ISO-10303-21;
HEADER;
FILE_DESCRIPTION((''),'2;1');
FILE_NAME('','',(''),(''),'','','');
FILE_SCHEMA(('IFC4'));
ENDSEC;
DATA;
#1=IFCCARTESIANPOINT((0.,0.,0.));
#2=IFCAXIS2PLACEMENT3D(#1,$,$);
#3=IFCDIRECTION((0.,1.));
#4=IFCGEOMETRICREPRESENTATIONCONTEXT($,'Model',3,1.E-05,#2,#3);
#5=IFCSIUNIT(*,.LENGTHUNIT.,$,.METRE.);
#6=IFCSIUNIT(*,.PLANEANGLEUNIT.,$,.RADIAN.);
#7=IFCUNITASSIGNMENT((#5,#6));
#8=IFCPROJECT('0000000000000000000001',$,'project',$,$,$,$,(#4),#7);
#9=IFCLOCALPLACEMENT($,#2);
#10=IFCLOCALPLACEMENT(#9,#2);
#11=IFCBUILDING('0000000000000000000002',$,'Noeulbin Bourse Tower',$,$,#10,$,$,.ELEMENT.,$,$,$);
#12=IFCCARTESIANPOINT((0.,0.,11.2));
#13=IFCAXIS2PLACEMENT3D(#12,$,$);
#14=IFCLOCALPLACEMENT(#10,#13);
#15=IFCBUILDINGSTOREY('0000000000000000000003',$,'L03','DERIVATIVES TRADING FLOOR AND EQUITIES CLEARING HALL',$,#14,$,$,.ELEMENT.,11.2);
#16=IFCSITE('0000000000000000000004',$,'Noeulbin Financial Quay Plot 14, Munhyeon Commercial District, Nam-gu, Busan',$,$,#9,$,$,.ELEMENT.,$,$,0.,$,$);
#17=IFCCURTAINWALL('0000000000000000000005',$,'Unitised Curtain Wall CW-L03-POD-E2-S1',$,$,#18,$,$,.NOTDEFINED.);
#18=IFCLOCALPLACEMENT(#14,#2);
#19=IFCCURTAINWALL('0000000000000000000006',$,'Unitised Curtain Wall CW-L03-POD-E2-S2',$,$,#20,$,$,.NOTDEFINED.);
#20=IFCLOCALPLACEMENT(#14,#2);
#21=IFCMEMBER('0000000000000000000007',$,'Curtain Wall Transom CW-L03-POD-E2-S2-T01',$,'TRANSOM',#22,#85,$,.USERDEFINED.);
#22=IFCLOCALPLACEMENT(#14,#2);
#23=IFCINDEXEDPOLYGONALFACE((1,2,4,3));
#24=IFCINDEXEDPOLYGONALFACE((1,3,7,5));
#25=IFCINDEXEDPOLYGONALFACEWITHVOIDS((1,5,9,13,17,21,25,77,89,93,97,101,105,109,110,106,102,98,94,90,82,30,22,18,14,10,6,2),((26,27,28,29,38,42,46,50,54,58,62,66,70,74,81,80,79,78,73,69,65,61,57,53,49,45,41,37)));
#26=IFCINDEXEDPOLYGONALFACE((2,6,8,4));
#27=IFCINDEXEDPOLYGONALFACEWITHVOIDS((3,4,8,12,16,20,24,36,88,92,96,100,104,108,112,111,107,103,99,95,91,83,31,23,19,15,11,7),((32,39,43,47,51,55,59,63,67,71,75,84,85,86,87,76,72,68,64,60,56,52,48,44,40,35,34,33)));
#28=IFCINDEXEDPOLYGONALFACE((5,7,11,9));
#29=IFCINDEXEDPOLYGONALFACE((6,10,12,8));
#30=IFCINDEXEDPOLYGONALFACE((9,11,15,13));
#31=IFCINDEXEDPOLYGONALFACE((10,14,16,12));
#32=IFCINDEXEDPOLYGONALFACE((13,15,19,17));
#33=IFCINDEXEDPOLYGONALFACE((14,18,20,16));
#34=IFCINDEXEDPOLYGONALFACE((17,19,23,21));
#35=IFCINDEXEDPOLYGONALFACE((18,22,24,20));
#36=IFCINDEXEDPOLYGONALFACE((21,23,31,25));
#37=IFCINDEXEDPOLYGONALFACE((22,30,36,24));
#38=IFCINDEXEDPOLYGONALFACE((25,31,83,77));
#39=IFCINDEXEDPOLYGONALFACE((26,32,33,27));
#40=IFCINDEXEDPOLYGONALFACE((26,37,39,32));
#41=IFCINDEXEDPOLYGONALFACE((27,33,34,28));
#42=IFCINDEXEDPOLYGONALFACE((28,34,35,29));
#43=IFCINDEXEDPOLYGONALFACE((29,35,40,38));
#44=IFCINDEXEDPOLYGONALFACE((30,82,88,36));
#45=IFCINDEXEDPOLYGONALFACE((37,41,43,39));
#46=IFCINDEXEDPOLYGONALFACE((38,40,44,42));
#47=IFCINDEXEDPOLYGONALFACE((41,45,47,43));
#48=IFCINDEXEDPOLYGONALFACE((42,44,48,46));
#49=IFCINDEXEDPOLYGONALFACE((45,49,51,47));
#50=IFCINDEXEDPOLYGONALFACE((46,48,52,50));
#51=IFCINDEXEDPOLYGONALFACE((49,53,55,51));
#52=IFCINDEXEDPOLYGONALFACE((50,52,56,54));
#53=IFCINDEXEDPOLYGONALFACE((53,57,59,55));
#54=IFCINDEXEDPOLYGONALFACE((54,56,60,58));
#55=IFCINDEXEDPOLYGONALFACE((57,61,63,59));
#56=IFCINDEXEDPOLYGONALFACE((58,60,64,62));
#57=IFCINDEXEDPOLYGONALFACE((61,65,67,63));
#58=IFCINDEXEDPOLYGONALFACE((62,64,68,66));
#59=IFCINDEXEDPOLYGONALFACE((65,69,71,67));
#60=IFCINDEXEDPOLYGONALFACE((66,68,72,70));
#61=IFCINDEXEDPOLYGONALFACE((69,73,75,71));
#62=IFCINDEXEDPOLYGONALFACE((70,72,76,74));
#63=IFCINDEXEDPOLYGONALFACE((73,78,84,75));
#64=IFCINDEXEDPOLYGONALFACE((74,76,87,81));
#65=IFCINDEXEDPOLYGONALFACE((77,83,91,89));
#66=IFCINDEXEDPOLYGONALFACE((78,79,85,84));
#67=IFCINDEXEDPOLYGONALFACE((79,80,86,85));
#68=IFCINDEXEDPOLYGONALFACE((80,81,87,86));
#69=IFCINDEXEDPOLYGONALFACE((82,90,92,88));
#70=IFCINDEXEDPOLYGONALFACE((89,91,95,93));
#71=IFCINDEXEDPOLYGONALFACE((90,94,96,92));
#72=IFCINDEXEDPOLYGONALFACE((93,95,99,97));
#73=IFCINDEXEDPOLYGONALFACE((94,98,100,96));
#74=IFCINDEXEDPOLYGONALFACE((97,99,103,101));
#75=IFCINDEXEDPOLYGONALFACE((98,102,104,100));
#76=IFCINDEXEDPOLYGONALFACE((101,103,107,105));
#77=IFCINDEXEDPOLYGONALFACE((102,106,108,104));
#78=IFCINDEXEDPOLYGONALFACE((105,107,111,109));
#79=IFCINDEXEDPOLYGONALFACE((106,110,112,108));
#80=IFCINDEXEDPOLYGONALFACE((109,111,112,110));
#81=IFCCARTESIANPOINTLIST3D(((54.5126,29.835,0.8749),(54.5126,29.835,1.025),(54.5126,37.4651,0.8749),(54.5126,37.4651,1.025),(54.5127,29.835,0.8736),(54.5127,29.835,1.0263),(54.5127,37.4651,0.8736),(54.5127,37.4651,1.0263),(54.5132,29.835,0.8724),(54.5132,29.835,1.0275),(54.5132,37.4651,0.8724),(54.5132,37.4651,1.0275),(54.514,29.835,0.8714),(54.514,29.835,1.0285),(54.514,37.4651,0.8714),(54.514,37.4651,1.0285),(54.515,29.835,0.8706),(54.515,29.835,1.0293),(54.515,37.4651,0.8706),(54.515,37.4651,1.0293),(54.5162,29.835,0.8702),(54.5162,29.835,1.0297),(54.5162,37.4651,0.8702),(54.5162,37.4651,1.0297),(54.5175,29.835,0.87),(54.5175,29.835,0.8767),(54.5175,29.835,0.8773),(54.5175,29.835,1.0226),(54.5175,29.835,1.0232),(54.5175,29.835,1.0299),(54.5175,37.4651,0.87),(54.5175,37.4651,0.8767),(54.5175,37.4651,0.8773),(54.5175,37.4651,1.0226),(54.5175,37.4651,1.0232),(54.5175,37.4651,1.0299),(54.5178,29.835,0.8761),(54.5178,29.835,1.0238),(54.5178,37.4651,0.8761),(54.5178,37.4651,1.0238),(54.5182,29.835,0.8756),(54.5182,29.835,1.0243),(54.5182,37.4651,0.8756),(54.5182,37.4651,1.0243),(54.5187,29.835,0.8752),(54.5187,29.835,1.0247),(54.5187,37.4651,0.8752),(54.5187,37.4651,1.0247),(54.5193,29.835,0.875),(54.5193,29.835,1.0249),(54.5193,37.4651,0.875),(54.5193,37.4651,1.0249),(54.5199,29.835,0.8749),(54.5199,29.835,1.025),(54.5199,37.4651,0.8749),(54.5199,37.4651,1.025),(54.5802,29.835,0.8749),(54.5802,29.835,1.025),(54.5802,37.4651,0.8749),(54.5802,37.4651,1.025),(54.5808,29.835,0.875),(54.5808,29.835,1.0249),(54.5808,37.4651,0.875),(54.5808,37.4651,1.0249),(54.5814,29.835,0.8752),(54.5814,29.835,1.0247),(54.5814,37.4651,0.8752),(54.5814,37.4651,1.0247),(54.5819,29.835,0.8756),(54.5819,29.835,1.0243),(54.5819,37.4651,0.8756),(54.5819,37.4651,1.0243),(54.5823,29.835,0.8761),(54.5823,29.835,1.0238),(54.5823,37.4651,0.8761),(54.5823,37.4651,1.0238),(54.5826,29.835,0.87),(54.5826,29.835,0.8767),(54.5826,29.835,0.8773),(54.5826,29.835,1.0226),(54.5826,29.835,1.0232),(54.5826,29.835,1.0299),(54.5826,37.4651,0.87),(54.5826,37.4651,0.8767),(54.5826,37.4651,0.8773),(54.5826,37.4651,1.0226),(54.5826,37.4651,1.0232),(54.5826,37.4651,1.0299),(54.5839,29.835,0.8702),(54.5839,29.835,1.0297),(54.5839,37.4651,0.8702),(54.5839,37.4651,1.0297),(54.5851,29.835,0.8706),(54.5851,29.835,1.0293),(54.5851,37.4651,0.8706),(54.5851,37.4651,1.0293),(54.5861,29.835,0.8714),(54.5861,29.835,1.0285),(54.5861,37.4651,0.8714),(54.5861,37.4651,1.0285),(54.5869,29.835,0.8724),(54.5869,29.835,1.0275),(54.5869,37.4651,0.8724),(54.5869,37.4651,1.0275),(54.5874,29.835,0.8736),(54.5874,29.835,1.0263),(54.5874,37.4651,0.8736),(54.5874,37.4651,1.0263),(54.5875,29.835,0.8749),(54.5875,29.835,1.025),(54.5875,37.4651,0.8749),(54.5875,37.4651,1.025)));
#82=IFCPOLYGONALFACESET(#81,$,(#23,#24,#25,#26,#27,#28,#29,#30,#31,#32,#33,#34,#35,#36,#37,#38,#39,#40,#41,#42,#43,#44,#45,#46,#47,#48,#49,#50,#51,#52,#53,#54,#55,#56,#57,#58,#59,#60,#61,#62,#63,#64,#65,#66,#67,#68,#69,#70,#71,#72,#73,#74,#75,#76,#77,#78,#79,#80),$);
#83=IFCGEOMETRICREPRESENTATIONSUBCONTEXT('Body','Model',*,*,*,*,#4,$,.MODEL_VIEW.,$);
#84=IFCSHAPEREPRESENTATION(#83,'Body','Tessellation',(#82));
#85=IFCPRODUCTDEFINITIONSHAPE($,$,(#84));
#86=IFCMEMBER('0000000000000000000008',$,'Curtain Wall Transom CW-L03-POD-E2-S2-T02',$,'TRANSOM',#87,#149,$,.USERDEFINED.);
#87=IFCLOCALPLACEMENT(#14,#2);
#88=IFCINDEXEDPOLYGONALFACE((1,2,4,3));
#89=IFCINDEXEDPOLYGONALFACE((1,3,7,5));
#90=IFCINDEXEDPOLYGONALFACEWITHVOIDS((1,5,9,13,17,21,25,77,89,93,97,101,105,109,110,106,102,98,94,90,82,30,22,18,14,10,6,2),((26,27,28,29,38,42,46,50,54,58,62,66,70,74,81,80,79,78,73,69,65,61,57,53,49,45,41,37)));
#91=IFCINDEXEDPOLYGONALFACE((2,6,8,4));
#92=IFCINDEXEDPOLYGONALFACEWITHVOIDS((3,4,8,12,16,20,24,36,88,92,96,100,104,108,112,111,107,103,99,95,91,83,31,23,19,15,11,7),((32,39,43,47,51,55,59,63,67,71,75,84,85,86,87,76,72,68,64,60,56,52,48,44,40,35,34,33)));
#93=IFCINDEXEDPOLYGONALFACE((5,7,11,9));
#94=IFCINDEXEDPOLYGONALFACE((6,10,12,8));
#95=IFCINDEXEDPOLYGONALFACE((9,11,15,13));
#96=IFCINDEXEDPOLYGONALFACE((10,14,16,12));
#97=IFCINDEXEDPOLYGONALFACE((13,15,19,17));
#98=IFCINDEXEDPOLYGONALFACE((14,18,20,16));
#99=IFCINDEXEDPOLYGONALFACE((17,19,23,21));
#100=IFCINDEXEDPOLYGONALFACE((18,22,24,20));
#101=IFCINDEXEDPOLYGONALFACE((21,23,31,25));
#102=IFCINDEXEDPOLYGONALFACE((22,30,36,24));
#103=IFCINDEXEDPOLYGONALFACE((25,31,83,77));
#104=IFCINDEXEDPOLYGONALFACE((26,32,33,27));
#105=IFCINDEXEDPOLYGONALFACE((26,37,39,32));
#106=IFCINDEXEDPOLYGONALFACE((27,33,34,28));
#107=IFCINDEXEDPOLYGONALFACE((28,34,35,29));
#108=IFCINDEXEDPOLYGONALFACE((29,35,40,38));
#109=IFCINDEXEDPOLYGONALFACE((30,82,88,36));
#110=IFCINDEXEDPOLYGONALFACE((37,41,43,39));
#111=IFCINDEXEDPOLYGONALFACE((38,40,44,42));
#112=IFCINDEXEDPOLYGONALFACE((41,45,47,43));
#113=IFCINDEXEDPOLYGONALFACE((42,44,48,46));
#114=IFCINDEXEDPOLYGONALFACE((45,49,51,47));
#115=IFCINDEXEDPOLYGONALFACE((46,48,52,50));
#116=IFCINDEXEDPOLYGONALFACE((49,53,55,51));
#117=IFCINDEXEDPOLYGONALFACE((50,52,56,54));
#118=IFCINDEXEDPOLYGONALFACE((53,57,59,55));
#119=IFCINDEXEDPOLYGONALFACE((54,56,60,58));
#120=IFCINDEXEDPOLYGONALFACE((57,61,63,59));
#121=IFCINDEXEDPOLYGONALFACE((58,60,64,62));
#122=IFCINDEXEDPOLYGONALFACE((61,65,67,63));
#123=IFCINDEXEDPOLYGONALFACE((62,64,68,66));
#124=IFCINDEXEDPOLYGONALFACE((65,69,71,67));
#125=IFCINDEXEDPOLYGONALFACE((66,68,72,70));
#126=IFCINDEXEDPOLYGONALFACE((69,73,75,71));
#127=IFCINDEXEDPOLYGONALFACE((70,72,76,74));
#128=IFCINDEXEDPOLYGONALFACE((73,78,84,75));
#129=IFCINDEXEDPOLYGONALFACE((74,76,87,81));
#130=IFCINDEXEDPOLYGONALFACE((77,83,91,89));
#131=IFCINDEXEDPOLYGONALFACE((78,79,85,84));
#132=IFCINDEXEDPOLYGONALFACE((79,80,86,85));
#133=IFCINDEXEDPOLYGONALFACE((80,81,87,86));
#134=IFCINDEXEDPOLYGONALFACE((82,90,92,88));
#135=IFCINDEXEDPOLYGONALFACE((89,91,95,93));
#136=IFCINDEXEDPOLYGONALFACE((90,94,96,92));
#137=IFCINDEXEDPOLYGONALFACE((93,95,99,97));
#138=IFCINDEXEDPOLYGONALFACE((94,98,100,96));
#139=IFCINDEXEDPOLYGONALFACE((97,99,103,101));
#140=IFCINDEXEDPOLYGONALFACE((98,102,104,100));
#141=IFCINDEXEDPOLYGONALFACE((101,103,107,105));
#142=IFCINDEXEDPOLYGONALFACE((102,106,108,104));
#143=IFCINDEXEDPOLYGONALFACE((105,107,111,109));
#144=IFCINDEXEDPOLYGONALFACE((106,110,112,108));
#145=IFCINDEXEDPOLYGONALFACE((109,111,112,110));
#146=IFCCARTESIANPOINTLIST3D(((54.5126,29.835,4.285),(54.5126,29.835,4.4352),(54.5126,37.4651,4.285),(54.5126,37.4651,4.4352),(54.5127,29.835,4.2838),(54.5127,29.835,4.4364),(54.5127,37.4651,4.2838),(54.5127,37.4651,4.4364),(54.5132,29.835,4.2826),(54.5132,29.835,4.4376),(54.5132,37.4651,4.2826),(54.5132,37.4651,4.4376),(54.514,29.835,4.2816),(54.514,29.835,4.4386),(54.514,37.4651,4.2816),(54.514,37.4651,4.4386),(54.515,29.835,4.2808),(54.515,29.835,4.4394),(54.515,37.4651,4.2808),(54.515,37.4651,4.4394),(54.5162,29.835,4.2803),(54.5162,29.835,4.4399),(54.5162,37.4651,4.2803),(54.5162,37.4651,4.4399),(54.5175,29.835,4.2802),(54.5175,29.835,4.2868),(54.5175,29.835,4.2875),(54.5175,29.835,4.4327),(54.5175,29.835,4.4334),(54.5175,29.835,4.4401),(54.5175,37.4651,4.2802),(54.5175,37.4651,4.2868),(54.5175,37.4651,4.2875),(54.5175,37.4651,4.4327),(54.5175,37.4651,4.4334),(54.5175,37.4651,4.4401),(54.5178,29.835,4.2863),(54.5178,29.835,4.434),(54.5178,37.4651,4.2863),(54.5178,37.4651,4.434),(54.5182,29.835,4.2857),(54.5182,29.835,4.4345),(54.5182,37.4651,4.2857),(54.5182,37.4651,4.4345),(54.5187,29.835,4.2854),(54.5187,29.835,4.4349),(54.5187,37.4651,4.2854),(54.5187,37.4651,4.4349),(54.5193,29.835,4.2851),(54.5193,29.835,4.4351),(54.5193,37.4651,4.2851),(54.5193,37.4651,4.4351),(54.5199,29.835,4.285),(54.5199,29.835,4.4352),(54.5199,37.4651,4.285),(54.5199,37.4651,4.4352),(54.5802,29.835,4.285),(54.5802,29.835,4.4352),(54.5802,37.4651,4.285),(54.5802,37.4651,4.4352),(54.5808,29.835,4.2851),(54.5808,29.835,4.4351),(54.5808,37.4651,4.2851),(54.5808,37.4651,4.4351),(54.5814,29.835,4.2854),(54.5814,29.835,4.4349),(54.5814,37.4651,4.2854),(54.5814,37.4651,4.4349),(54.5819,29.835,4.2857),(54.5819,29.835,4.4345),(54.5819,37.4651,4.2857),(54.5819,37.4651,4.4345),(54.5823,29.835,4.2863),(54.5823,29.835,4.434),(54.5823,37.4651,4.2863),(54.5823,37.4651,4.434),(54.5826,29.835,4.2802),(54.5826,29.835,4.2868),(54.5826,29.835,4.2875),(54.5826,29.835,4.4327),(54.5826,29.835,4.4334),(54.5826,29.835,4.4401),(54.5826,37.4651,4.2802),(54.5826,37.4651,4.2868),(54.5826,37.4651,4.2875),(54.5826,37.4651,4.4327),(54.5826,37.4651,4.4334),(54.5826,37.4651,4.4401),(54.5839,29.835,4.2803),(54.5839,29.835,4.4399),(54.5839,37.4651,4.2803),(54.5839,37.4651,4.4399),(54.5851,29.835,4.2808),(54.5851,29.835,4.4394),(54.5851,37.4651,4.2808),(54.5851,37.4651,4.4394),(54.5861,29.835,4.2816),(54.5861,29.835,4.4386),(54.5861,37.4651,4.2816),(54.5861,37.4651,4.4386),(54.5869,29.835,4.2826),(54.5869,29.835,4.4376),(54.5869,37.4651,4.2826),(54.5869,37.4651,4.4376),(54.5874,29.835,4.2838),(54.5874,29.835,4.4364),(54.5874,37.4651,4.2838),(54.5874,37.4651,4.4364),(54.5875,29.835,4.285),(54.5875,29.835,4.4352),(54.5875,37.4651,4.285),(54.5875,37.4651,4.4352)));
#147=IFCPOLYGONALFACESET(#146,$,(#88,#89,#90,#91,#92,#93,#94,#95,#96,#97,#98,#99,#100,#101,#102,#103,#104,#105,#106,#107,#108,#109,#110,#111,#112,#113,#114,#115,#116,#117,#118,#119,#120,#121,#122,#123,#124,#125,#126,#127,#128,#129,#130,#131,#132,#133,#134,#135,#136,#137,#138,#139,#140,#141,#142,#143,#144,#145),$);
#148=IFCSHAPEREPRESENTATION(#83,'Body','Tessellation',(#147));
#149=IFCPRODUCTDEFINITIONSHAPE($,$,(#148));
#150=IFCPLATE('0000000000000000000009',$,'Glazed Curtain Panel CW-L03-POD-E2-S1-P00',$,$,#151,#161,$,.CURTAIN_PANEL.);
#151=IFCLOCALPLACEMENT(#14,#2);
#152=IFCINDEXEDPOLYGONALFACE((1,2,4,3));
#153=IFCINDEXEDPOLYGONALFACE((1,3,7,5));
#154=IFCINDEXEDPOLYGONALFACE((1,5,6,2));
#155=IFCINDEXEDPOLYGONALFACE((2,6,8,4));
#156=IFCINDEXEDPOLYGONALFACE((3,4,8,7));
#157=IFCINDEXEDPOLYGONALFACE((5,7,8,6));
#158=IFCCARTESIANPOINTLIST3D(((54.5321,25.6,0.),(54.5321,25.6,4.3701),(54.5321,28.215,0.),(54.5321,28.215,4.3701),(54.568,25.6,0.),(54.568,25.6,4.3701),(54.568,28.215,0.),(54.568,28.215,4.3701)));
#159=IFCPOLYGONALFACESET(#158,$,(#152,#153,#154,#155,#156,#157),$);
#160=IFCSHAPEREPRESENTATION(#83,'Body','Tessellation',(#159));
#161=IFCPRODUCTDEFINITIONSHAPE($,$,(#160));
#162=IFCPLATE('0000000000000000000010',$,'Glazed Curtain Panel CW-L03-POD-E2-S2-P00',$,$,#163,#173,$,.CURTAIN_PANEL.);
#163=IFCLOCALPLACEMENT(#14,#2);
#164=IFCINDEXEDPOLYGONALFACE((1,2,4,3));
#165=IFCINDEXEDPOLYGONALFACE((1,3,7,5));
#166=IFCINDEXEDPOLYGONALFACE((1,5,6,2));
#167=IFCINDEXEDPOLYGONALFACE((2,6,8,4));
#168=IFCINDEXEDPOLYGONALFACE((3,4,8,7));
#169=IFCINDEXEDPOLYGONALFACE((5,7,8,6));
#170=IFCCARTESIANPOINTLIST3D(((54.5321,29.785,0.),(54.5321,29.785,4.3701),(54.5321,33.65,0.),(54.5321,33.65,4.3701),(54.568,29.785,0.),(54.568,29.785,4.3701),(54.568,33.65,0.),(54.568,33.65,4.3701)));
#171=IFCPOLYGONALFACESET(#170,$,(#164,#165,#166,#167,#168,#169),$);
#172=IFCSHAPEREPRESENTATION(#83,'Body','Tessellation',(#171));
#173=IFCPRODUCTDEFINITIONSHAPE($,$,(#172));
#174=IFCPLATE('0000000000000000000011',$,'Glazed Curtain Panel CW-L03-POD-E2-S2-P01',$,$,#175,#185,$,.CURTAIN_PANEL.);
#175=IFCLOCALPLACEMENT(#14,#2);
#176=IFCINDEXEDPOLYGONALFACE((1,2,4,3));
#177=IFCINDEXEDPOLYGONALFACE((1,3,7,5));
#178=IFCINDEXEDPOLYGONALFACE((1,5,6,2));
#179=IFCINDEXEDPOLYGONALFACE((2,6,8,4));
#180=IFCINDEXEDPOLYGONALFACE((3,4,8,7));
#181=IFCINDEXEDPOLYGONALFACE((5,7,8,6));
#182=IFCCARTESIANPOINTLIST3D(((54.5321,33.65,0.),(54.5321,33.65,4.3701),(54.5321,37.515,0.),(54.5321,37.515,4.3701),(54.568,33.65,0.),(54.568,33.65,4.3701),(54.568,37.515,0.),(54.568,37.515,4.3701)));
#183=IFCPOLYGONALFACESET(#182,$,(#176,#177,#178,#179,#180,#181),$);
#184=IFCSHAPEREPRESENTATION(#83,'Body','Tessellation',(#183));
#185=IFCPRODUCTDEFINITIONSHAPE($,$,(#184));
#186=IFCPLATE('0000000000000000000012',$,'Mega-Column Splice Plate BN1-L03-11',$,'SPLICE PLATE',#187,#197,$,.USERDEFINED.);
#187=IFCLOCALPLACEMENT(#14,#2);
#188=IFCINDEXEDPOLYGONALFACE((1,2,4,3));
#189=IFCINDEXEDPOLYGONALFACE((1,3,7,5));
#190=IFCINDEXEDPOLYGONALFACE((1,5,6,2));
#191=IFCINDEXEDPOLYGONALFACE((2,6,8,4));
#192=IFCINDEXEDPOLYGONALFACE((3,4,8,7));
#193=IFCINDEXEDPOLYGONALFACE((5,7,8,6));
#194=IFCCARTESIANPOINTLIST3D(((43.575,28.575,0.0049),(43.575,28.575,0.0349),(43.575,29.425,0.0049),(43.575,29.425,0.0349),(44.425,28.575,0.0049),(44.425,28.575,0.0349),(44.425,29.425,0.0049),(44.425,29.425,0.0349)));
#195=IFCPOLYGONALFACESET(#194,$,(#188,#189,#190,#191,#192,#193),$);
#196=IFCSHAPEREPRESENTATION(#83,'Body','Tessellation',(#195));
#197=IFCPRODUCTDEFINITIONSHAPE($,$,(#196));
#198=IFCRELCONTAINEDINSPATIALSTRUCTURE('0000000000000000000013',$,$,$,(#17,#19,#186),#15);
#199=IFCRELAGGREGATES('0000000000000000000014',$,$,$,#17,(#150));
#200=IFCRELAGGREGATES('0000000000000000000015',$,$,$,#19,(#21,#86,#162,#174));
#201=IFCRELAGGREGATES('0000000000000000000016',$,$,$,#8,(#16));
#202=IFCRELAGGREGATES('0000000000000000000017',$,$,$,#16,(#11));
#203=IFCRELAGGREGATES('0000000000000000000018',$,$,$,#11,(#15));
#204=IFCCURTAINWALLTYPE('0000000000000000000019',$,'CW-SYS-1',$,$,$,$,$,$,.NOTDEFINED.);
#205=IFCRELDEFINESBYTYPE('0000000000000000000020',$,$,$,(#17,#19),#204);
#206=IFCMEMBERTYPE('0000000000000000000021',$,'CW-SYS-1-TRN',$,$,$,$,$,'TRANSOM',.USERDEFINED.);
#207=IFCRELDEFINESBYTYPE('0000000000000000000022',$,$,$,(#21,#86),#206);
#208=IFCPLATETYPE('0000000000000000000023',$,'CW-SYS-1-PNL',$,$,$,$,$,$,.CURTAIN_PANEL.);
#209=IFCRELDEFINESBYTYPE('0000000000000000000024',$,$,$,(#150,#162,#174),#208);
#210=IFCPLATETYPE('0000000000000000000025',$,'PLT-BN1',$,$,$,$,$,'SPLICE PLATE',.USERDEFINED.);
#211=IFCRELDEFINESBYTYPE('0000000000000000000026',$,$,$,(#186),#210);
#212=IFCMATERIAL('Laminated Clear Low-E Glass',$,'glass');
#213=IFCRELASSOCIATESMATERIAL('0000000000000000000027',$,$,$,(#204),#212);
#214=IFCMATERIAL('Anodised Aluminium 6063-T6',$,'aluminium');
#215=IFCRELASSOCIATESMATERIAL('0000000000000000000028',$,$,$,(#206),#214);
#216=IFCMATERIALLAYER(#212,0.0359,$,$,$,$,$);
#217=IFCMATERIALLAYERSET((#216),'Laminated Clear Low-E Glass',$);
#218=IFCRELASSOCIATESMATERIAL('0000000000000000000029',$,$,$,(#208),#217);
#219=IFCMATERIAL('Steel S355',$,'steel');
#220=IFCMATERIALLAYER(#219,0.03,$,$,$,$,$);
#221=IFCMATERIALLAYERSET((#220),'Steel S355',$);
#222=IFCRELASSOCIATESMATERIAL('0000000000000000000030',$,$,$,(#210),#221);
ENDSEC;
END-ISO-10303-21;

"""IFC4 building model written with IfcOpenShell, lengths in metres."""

from ifc_helpers import new_model, si_unit, direction, frame, origin, origin_2d, place, context, subcontext, project, spatial, rectangle, hollow_rectangle, extrude, material, layer, layer_set, material_profile, profile_set, type_object, element, aggregate, save


model = new_model("IFC4")

# Units and contexts
model_context = context("Model", 3, precision=1e-05, world=origin(), true_north=direction((0.0, 1.0)))
body_context = subcontext(model_context, "Body", "Model", "MODEL_VIEW")
ifc_project = project(units=[si_unit("LENGTHUNIT", "METRE"), si_unit("PLANEANGLEUNIT", "RADIAN")], contexts=[model_context])

# Site, building, storey
site_placement = place(None, origin())
site = spatial("IfcSite", under=ifc_project, at=site_placement, Name="Noeulbin Financial Quay Plot 14, Munhyeon Commercial District, Nam-gu, Busan", CompositionType="ELEMENT", RefElevation=0.0)
building_placement = place(site_placement, origin())
building = spatial("IfcBuilding", under=site, at=building_placement, Name="Noeulbin Bourse Tower", CompositionType="ELEMENT")
storey_placement = place(building_placement, frame((0.0, 0.0, 11.2)))
storey = spatial("IfcBuildingStorey", under=building, at=storey_placement, Name="L03", Description="DERIVATIVES TRADING FLOOR AND EQUITIES CLEARING HALL", CompositionType="ELEMENT", Elevation=11.2)

# Shared definitions
ifc_material_1 = material(Name="Steel S355", Category="steel")

# Curtain walls
ifc_material_2 = material(Name="Laminated Clear Low-E Glass", Category="glass")
curtain_wall_type = type_object("IfcCurtainWallType", Name="CW-SYS-1", PredefinedType="NOTDEFINED", material=ifc_material_2)
curtain_wall_1_placement = place(storey_placement, origin())
curtain_wall_1 = element("IfcCurtainWall", 1, at=curtain_wall_1_placement, inside=storey, type_object=curtain_wall_type, Name="Unitised Curtain Wall CW-L03-POD-E2-S1", PredefinedType="NOTDEFINED")
ifc_material_3 = material(Name="Anodised Aluminium 6063-T6", Category="aluminium")
curtain_wall_2_placement = place(storey_placement, origin())
curtain_wall_2 = element("IfcCurtainWall", 2, at=curtain_wall_2_placement, inside=storey, type_object=curtain_wall_type, Name="Unitised Curtain Wall CW-L03-POD-E2-S2", PredefinedType="NOTDEFINED")

# Members
ifc_material_profile_1 = material_profile(ifc_material_3, hollow_rectangle(XDim=0.075, YDim=0.1599, WallThickness=0.0049, InnerFilletRadius=0.0024, OuterFilletRadius=0.0049, at=origin_2d()), Name="ALU-TRAN-75x160x5", Category="LoadBearing")
ifc_profile_set_1 = profile_set([ifc_material_profile_1], Name="Anodised Aluminium 6063-T6")
member_type_1 = type_object("IfcMemberType", Name="CW-SYS-1-TRN", ElementType="TRANSOM", PredefinedType="USERDEFINED", material=ifc_profile_set_1)
member_1_placement = place(storey_placement, frame((54.55, 29.835, 0.95), z_axis=(0.0, 1.0, 0.0), x_axis=(-1.0, 0.0, 0.0)))
member_1 = element("IfcMember", 3, at=member_1_placement, type_object=member_type_1, Name="Curtain Wall Transom CW-L03-POD-E2-S2-T01", ObjectType="TRANSOM", PredefinedType="USERDEFINED", context=body_context, shape_type="SweptSolid", body=[
    extrude(hollow_rectangle(XDim=0.075, YDim=0.1599, WallThickness=0.0049, InnerFilletRadius=0.0024, OuterFilletRadius=0.0049, at=origin_2d()), origin(), (0.0, 0.0, 1.0), 7.6301),
])
member_2_placement = place(storey_placement, frame((54.55, 29.835, 4.3601), z_axis=(0.0, 1.0, 0.0), x_axis=(-1.0, 0.0, 0.0)))
member_2 = element("IfcMember", 4, at=member_2_placement, type_object=member_type_1, Name="Curtain Wall Transom CW-L03-POD-E2-S2-T02", ObjectType="TRANSOM", PredefinedType="USERDEFINED", context=body_context, shape_type="SweptSolid", body=[
    extrude(hollow_rectangle(XDim=0.075, YDim=0.1599, WallThickness=0.0049, InnerFilletRadius=0.0024, OuterFilletRadius=0.0049, at=origin_2d()), origin(), (0.0, 0.0, 1.0), 7.6301),
])

# Plates
ifc_layer_1 = layer(ifc_material_2, 0.0359)
ifc_layer_set_1 = layer_set([ifc_layer_1], Name="Laminated Clear Low-E Glass")
plate_type_1 = type_object("IfcPlateType", Name="CW-SYS-1-PNL", PredefinedType="CURTAIN_PANEL", material=ifc_layer_set_1)
plate_1_placement = place(storey_placement, frame((54.55, 26.9075, 0.0), z_axis=(0.0, 0.0, 1.0), x_axis=(0.0, 1.0, 0.0)))
plate_1 = element("IfcPlate", 5, at=plate_1_placement, type_object=plate_type_1, Name="Glazed Curtain Panel CW-L03-POD-E2-S1-P00", PredefinedType="CURTAIN_PANEL", context=body_context, shape_type="SweptSolid", body=[
    extrude(rectangle(XDim=2.615, YDim=0.0359, at=origin_2d()), origin(), (0.0, 0.0, 1.0), 4.3701),
])
aggregate(curtain_wall_1, [plate_1])
plate_2_placement = place(storey_placement, frame((54.55, 31.7175, 0.0), z_axis=(0.0, 0.0, 1.0), x_axis=(0.0, 1.0, 0.0)))
plate_2 = element("IfcPlate", 6, at=plate_2_placement, type_object=plate_type_1, Name="Glazed Curtain Panel CW-L03-POD-E2-S2-P00", PredefinedType="CURTAIN_PANEL", context=body_context, shape_type="SweptSolid", body=[
    extrude(rectangle(XDim=3.865, YDim=0.0359, at=origin_2d()), origin(), (0.0, 0.0, 1.0), 4.3701),
])
plate_3_placement = place(storey_placement, frame((54.55, 35.5825, 0.0), z_axis=(0.0, 0.0, 1.0), x_axis=(0.0, 1.0, 0.0)))
plate_3 = element("IfcPlate", 7, at=plate_3_placement, type_object=plate_type_1, Name="Glazed Curtain Panel CW-L03-POD-E2-S2-P01", PredefinedType="CURTAIN_PANEL", context=body_context, shape_type="SweptSolid", body=[
    extrude(rectangle(XDim=3.865, YDim=0.0359, at=origin_2d()), origin(), (0.0, 0.0, 1.0), 4.3701),
])
aggregate(curtain_wall_2, [member_1, member_2, plate_2, plate_3])
ifc_layer_2 = layer(ifc_material_1, 0.03)
ifc_layer_set_2 = layer_set([ifc_layer_2], Name="Steel S355")
plate_type_2 = type_object("IfcPlateType", Name="PLT-BN1", ElementType="SPLICE PLATE", PredefinedType="USERDEFINED", material=ifc_layer_set_2)
plate_4_placement = place(storey_placement, frame((44.0, 29.0, 0.0049), z_axis=(0.0, 0.0, 1.0), x_axis=(1.0, 0.0, 0.0)))
element("IfcPlate", 8, at=plate_4_placement, inside=storey, type_object=plate_type_2, Name="Mega-Column Splice Plate BN1-L03-11", ObjectType="SPLICE PLATE", PredefinedType="USERDEFINED", context=body_context, shape_type="SweptSolid", body=[
    extrude(rectangle(XDim=0.8501, YDim=0.8501, at=origin_2d()), origin(), (0.0, 0.0, 1.0), 0.03),
])

save(model, "model.ifc")
